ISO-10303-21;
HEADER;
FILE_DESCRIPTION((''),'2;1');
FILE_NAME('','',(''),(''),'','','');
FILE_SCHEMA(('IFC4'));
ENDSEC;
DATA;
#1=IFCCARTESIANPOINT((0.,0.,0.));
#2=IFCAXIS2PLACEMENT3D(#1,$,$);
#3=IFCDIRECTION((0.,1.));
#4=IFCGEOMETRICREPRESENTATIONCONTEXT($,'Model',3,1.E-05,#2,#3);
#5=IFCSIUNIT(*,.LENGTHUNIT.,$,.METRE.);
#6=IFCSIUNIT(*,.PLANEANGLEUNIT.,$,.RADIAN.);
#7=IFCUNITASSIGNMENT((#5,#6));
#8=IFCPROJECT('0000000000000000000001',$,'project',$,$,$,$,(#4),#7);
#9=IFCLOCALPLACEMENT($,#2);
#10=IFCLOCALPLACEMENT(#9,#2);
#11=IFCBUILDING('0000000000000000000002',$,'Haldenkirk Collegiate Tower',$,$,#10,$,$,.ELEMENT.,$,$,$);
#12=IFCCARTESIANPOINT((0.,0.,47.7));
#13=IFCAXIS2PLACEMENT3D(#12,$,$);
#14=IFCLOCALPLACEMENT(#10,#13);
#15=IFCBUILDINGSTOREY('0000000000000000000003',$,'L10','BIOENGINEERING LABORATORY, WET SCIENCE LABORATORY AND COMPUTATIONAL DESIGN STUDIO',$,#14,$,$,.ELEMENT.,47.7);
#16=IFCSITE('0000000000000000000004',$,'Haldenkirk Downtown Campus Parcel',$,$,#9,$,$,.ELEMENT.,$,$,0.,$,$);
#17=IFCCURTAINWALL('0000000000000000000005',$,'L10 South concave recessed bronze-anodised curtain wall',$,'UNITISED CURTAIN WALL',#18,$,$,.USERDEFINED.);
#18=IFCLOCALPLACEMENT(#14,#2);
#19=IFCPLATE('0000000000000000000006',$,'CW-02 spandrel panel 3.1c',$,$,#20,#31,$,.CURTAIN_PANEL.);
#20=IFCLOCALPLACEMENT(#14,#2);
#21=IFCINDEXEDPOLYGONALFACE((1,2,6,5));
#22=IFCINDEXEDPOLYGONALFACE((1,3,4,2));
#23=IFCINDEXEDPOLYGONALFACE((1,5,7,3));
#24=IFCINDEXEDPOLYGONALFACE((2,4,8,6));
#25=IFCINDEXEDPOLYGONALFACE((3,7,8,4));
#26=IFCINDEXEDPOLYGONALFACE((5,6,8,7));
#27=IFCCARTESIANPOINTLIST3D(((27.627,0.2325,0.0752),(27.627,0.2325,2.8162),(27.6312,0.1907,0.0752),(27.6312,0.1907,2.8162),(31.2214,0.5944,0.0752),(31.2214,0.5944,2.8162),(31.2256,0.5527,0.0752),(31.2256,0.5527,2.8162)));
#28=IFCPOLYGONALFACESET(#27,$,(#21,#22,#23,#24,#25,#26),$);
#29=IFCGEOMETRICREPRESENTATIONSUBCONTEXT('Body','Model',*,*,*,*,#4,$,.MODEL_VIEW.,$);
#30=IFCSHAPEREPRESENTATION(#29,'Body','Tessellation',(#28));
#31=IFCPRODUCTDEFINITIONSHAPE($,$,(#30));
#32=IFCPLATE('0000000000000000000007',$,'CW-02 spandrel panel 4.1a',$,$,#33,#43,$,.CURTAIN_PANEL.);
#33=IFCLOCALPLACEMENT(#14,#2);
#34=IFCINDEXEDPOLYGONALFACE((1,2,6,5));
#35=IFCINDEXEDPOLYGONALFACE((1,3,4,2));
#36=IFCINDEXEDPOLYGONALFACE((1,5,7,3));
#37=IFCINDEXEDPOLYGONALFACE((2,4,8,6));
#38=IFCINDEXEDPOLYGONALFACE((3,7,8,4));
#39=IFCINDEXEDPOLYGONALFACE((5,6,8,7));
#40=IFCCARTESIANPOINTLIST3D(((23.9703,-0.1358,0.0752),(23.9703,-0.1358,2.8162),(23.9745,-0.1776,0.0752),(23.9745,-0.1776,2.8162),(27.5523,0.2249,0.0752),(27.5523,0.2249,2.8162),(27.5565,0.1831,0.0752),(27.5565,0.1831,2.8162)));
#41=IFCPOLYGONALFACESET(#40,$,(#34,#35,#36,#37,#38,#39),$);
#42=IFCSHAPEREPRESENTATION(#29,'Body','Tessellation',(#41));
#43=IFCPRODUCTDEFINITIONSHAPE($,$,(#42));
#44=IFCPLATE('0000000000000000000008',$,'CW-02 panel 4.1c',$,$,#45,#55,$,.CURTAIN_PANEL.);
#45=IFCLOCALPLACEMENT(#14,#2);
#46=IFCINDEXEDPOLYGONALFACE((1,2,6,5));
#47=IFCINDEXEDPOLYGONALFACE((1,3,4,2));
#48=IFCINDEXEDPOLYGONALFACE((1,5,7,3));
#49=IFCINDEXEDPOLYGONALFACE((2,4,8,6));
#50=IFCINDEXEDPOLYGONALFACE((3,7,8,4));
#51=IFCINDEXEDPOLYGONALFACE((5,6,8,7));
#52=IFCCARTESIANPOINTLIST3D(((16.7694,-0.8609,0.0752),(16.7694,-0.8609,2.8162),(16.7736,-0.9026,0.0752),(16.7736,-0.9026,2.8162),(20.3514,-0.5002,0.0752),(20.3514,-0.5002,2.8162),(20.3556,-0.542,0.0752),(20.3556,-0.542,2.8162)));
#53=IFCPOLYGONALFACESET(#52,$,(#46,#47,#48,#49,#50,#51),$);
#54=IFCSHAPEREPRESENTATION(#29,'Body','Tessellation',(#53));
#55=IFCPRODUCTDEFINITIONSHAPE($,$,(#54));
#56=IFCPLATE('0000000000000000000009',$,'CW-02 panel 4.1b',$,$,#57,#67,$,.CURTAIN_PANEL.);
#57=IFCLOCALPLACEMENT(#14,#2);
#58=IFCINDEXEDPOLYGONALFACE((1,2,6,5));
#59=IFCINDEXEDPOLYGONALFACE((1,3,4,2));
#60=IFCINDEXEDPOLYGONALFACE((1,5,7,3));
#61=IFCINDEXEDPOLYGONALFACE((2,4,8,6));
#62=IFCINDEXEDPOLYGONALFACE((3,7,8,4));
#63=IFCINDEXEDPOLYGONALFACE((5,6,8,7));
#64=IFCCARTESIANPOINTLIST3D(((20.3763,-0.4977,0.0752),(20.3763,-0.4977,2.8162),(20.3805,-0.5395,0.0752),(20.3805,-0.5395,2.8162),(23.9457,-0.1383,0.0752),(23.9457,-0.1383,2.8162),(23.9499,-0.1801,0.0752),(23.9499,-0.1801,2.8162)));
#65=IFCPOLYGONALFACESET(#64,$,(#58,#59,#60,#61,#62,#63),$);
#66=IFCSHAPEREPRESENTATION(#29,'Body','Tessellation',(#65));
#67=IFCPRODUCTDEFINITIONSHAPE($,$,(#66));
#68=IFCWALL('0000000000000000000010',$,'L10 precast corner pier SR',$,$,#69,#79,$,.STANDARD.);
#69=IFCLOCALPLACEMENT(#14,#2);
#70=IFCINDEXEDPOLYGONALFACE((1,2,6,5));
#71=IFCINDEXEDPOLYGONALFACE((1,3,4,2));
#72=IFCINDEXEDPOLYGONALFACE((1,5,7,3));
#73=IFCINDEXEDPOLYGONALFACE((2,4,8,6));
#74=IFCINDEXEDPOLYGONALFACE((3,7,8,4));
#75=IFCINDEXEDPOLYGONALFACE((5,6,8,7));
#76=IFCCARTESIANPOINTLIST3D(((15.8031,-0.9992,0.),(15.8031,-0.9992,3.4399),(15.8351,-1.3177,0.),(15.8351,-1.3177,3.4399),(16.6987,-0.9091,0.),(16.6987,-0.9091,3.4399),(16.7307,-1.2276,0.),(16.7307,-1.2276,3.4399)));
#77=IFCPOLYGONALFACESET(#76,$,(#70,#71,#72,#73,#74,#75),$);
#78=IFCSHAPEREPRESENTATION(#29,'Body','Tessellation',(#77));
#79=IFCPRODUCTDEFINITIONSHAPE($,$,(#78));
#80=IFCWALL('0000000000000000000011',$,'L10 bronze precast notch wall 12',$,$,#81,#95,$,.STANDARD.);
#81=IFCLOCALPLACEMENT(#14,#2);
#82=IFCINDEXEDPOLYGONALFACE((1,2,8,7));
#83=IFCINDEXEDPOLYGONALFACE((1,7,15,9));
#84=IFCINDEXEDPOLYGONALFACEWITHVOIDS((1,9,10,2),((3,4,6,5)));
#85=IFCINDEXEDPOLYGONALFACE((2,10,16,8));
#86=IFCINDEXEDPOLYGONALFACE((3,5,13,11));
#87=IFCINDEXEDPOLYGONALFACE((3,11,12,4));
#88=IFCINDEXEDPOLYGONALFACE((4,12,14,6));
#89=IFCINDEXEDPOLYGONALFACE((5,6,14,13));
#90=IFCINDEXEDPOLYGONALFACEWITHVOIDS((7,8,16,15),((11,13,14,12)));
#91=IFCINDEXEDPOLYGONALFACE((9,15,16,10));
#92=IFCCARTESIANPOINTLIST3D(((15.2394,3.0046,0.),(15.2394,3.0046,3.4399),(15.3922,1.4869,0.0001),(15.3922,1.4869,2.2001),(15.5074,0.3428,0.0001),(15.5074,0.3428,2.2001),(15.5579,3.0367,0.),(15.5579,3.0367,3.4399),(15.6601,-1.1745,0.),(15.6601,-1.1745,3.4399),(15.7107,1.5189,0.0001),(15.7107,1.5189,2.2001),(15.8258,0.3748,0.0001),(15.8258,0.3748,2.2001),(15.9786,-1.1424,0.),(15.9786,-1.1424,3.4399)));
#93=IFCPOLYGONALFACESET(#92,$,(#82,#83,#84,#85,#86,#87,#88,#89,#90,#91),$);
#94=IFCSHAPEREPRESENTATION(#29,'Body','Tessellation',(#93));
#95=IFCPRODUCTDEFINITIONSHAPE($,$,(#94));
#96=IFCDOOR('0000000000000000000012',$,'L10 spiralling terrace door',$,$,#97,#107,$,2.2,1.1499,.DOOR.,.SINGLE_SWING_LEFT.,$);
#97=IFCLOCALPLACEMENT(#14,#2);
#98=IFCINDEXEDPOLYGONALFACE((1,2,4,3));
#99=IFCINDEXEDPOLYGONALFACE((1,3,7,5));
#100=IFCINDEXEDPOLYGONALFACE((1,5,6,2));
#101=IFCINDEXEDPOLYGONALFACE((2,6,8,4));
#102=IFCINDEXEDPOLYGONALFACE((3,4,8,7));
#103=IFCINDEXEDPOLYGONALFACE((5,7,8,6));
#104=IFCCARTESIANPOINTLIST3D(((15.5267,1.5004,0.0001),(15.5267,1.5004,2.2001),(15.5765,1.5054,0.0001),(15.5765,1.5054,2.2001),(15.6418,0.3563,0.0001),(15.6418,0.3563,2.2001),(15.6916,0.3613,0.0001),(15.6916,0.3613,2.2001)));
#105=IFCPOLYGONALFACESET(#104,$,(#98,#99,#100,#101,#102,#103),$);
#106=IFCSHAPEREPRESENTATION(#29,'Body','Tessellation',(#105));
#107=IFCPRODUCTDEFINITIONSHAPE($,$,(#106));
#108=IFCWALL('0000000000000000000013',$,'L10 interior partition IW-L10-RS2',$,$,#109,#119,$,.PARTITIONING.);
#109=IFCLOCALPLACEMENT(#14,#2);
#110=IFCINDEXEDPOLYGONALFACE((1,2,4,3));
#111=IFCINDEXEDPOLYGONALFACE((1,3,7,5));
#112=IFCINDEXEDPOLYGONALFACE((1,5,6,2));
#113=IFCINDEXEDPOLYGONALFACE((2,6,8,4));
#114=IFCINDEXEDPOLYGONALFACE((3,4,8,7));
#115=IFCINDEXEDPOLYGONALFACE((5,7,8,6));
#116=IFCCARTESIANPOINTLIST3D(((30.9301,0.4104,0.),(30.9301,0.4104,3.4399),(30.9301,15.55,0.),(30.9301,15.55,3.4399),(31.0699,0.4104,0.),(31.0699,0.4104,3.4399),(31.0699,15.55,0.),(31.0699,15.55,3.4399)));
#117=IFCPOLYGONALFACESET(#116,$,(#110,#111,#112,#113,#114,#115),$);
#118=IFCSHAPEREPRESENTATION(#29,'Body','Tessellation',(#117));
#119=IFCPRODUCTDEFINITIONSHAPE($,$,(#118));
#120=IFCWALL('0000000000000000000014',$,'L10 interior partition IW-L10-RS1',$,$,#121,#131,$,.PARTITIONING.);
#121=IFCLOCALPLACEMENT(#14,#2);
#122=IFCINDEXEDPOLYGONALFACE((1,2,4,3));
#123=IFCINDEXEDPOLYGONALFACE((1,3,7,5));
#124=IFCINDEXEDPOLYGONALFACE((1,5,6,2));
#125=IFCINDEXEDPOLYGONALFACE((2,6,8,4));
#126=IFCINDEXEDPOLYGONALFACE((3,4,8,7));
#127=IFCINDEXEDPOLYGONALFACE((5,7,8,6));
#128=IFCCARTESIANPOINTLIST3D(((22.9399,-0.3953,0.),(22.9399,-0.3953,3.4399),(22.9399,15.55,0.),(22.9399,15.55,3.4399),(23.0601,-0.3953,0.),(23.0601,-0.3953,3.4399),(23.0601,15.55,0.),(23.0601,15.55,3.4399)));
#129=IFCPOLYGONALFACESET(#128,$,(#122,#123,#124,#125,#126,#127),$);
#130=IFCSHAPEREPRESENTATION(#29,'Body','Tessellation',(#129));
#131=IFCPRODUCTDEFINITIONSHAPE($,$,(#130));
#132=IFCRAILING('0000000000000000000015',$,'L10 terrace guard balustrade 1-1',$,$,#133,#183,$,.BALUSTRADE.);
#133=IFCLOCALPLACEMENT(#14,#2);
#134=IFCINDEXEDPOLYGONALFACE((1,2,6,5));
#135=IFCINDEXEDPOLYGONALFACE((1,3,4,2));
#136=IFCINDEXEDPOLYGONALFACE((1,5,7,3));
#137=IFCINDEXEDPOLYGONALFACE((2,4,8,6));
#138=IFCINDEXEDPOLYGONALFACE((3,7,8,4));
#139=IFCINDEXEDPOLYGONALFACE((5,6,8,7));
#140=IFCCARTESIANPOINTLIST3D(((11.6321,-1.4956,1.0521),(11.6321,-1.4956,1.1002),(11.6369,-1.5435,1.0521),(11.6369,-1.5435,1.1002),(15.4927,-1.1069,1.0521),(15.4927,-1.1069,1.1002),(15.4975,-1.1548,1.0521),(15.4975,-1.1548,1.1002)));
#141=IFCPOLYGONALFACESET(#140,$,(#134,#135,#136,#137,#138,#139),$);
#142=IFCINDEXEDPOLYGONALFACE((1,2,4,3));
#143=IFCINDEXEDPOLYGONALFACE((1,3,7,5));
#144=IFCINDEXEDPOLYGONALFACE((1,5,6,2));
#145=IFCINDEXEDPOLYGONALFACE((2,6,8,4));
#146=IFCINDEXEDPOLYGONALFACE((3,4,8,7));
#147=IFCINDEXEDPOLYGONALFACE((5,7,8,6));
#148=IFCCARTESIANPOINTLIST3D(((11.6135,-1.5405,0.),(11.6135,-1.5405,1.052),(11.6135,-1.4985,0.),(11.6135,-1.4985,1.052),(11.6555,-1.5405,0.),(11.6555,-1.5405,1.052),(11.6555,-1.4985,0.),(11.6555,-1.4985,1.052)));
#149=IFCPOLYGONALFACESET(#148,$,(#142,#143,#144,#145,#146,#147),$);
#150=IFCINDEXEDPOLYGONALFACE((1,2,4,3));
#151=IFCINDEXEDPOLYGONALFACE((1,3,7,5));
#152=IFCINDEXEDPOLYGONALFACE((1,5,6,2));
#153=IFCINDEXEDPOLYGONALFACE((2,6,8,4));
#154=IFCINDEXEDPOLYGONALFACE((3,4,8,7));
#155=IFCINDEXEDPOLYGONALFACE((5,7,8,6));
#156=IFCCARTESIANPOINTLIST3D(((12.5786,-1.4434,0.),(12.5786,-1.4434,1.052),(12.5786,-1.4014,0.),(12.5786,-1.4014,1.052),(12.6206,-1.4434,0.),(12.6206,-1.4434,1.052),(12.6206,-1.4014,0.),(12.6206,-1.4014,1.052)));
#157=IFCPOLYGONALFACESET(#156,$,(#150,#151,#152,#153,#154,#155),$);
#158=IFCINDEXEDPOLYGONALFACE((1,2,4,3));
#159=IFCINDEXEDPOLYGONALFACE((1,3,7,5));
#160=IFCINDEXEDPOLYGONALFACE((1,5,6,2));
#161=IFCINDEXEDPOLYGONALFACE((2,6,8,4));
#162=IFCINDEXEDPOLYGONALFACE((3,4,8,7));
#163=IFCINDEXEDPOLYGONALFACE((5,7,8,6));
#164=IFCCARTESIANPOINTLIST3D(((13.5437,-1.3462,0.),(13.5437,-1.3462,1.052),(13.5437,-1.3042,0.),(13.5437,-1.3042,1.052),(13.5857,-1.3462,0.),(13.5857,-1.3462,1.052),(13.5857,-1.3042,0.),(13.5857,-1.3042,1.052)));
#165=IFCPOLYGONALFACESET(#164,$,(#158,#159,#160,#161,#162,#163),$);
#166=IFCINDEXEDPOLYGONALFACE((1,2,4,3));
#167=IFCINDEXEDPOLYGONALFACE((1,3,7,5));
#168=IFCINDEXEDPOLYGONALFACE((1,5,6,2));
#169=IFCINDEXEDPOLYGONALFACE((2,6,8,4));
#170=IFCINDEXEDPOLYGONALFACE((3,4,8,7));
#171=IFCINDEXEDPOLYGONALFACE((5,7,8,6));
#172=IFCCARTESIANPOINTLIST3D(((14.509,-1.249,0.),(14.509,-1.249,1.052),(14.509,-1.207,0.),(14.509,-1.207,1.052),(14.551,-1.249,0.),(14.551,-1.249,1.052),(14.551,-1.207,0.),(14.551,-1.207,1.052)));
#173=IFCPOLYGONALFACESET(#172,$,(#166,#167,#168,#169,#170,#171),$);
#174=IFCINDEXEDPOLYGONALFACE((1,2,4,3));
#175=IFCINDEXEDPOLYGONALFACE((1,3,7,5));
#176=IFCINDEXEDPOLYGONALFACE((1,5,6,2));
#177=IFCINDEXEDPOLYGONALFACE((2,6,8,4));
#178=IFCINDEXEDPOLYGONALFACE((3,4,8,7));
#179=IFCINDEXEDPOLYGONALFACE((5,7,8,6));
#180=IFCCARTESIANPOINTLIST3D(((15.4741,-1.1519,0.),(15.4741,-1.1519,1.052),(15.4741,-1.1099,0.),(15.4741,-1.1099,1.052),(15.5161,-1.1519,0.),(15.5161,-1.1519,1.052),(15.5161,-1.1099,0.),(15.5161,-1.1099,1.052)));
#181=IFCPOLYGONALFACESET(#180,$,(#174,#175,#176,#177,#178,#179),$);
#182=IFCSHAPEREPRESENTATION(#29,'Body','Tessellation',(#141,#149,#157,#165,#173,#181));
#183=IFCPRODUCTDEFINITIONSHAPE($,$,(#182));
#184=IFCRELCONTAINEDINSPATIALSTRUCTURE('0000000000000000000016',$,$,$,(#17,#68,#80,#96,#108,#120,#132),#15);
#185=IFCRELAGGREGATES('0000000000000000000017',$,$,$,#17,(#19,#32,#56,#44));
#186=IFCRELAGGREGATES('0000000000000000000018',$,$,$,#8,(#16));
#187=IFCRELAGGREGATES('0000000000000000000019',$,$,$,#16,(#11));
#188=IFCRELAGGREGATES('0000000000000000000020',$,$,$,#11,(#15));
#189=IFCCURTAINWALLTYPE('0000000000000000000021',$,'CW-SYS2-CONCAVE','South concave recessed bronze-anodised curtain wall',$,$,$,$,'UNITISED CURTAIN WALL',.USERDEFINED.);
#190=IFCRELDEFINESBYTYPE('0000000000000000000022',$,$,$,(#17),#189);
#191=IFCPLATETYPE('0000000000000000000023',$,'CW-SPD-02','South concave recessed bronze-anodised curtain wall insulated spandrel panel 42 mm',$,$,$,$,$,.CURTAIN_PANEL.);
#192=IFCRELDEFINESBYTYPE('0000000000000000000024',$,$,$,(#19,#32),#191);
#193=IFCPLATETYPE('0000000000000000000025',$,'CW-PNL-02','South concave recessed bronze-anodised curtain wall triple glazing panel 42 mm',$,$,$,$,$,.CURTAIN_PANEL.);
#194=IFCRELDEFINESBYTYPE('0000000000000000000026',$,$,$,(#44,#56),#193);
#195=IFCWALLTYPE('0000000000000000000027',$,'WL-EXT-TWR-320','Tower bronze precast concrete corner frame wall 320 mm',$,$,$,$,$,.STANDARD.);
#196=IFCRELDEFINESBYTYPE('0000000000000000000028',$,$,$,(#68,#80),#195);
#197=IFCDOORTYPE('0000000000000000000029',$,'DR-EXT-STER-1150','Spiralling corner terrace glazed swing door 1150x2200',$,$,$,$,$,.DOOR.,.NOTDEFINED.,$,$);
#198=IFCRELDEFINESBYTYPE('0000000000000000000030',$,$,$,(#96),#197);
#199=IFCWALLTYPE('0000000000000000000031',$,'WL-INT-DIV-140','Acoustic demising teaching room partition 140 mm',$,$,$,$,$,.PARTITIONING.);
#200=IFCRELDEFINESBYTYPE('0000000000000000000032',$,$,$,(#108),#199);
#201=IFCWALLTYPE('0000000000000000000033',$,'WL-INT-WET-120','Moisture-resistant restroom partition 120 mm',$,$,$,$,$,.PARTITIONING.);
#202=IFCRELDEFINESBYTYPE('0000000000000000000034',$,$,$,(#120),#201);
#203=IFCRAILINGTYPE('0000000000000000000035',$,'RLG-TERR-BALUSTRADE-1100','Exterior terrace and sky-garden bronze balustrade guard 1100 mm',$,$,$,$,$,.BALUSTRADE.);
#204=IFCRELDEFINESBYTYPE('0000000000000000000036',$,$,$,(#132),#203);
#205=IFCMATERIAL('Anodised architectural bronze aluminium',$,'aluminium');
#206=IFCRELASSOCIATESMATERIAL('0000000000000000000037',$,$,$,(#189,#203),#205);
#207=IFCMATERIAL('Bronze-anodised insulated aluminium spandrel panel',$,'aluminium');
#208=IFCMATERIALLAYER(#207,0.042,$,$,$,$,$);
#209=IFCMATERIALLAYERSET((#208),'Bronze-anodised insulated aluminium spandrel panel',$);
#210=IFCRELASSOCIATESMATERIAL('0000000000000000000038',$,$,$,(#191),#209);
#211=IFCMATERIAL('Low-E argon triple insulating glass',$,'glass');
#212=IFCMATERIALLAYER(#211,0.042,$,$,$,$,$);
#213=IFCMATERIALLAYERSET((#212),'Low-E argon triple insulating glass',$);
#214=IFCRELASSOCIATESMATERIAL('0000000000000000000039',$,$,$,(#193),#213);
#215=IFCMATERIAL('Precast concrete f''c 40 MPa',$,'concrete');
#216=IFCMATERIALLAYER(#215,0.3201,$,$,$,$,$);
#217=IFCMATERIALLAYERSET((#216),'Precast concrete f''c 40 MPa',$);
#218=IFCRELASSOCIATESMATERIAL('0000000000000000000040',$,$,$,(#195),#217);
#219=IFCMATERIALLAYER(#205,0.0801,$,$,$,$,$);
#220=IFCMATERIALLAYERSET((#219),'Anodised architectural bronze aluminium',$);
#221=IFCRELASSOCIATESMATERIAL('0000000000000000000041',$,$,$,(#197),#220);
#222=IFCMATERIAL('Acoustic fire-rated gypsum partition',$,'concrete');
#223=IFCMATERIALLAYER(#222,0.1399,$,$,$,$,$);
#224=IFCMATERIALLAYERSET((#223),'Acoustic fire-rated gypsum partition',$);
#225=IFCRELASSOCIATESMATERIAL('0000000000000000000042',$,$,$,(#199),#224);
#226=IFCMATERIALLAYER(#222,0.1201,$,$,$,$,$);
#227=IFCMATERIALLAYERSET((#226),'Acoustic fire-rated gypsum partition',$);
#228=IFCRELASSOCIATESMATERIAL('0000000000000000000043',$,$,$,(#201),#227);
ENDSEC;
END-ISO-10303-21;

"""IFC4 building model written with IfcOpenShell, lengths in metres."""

from ifc_helpers import new_model, si_unit, direction, frame, frame_2d, origin, origin_2d, place, context, subcontext, project, spatial, rectangle, extrude, source, transform, mapped, material, layer, layer_set, type_object, element, fill, aggregate, save


model = new_model("IFC4")

# Units and contexts
model_context = context("Model", 3, precision=1e-05, world=origin(), true_north=direction((0.0, 1.0)))
body_context = subcontext(model_context, "Body", "Model", "MODEL_VIEW")
ifc_project = project(units=[si_unit("LENGTHUNIT", "METRE"), si_unit("PLANEANGLEUNIT", "RADIAN")], contexts=[model_context])

# Site, building, storey
site_placement = place(None, origin())
site = spatial("IfcSite", under=ifc_project, at=site_placement, Name="Haldenkirk Downtown Campus Parcel", CompositionType="ELEMENT", RefElevation=0.0)
building_placement = place(site_placement, origin())
building = spatial("IfcBuilding", under=site, at=building_placement, Name="Haldenkirk Collegiate Tower", CompositionType="ELEMENT")
storey_placement = place(building_placement, frame((0.0, 0.0, 47.7)))
storey = spatial("IfcBuildingStorey", under=building, at=storey_placement, Name="L10", Description="BIOENGINEERING LABORATORY, WET SCIENCE LABORATORY AND COMPUTATIONAL DESIGN STUDIO", CompositionType="ELEMENT", Elevation=47.7)

# Curtain wall
ifc_material_1 = material(Name="Anodised architectural bronze aluminium", Category="aluminium")
curtain_wall_type = type_object("IfcCurtainWallType", Name="CW-SYS2-CONCAVE", Description="South concave recessed bronze-anodised curtain wall", ElementType="UNITISED CURTAIN WALL", PredefinedType="USERDEFINED", material=ifc_material_1)
curtain_wall_placement = place(storey_placement, origin())
curtain_wall = element("IfcCurtainWall", 1, at=curtain_wall_placement, inside=storey, type_object=curtain_wall_type, Name="L10 South concave recessed bronze-anodised curtain wall", ObjectType="UNITISED CURTAIN WALL", PredefinedType="USERDEFINED")

# Plates
ifc_material_2 = material(Name="Bronze-anodised insulated aluminium spandrel panel", Category="aluminium")
ifc_layer_1 = layer(ifc_material_2, 0.042)
ifc_layer_set_1 = layer_set([ifc_layer_1], Name="Bronze-anodised insulated aluminium spandrel panel")
plate_type_1 = type_object("IfcPlateType", Name="CW-SPD-02", Description="South concave recessed bronze-anodised curtain wall insulated spandrel panel 42 mm", PredefinedType="CURTAIN_PANEL", material=ifc_layer_set_1)
shared_shape_1 = source(origin(), body_context, "Body", "SweptSolid", [
    extrude(rectangle(XDim=3.6125, YDim=0.042, at=origin_2d()), origin(), (0.0, 0.0, 1.0), 2.741),
])
plate_1_placement = place(storey_placement, frame((29.4263, 0.3926, 0.0752), z_axis=(0.0, 0.0, 1.0), x_axis=(-0.994969, -0.100187, 0.0)))
plate_1 = element("IfcPlate", 2, at=plate_1_placement, type_object=plate_type_1, Name="CW-02 spandrel panel 3.1c", PredefinedType="CURTAIN_PANEL", context=body_context, shape_type="MappedRepresentation", body=[
    mapped(shared_shape_1, transform((0.0, 0.0, 0.0), x_axis=(1.0, 0.0, 0.0), y_axis=(0.0, 1.0, 0.0), z_axis=(0.0, 0.0, 1.0), scale=1.0)),
])
shared_shape_2 = source(origin(), body_context, "Body", "SweptSolid", [
    extrude(rectangle(XDim=3.6001, YDim=0.042, at=origin_2d()), origin(), (0.0, 0.0, 1.0), 2.741),
])
plate_2_placement = place(storey_placement, frame((25.7634, 0.0237, 0.0752), z_axis=(0.0, 0.0, 1.0), x_axis=(-0.994969, -0.100187, 0.0)))
plate_2 = element("IfcPlate", 3, at=plate_2_placement, type_object=plate_type_1, Name="CW-02 spandrel panel 4.1a", PredefinedType="CURTAIN_PANEL", context=body_context, shape_type="MappedRepresentation", body=[
    mapped(shared_shape_2, transform((0.0, 0.0, 0.0), x_axis=(1.0, 0.0, 0.0), y_axis=(0.0, 1.0, 0.0), z_axis=(0.0, 0.0, 1.0), scale=1.0)),
])
ifc_material_3 = material(Name="Low-E argon triple insulating glass", Category="glass")
ifc_layer_2 = layer(ifc_material_3, 0.042)
ifc_layer_set_2 = layer_set([ifc_layer_2], Name="Low-E argon triple insulating glass")
plate_type_2 = type_object("IfcPlateType", Name="CW-PNL-02", Description="South concave recessed bronze-anodised curtain wall triple glazing panel 42 mm", PredefinedType="CURTAIN_PANEL", material=ifc_layer_set_2)
plate_3_placement = place(storey_placement, frame((18.5625, -0.7014, 0.0752), z_axis=(0.0, 0.0, 1.0), x_axis=(-0.994969, -0.100187, 0.0)))
plate_3 = element("IfcPlate", 4, at=plate_3_placement, type_object=plate_type_2, Name="CW-02 panel 4.1c", PredefinedType="CURTAIN_PANEL", context=body_context, shape_type="MappedRepresentation", body=[
    mapped(shared_shape_2, transform((0.0, 0.0, 0.0), x_axis=(1.0, 0.0, 0.0), y_axis=(0.0, 1.0, 0.0), z_axis=(0.0, 0.0, 1.0), scale=1.0)),
])
shared_shape_3 = source(origin(), body_context, "Body", "SweptSolid", [
    extrude(rectangle(XDim=3.5874, YDim=0.042, at=origin_2d()), origin(), (0.0, 0.0, 1.0), 2.741),
])
plate_4_placement = place(storey_placement, frame((22.1631, -0.3389, 0.0752), z_axis=(0.0, 0.0, 1.0), x_axis=(-0.994969, -0.100187, 0.0)))
plate_4 = element("IfcPlate", 5, at=plate_4_placement, type_object=plate_type_2, Name="CW-02 panel 4.1b", PredefinedType="CURTAIN_PANEL", context=body_context, shape_type="MappedRepresentation", body=[
    mapped(shared_shape_3, transform((0.0, 0.0, 0.0), x_axis=(1.0, 0.0, 0.0), y_axis=(0.0, 1.0, 0.0), z_axis=(0.0, 0.0, 1.0), scale=1.0)),
])
aggregate(curtain_wall, [plate_1, plate_2, plate_4, plate_3])

# Wall
ifc_material_4 = material(Name="Precast concrete f'c 40 MPa", Category="concrete")
ifc_layer_3 = layer(ifc_material_4, 0.3201)
ifc_layer_set_3 = layer_set([ifc_layer_3], Name="Precast concrete f'c 40 MPa")
wall_type_1 = type_object("IfcWallType", Name="WL-EXT-TWR-320", Description="Tower bronze precast concrete corner frame wall 320 mm", PredefinedType="STANDARD", material=ifc_layer_set_3)
wall_1_placement = place(storey_placement, frame((16.7148, -1.0684, 0.0), z_axis=(0.0, 0.0, 1.0), x_axis=(-0.994978, -0.100095, 0.0)))
element("IfcWall", 6, at=wall_1_placement, inside=storey, type_object=wall_type_1, Name="L10 precast corner pier SR", PredefinedType="STANDARD", context=body_context, shape_type="SweptSolid", body=[
    extrude(rectangle(XDim=0.9001, YDim=0.3201, at=frame_2d((0.4502, 0.0))), origin(), (0.0, 0.0, 1.0), 3.4399),
])

# Wall, opening, door
wall_2_placement = place(storey_placement, frame((15.8193, -1.1584, 0.0), z_axis=(0.0, 0.0, 1.0), x_axis=(-0.100154, 0.994972, 0.0)))
wall_2 = element("IfcWall", 7, at=wall_2_placement, inside=storey, type_object=wall_type_1, Name="L10 bronze precast notch wall 12", PredefinedType="STANDARD", context=body_context, shape_type="SweptSolid", body=[
    extrude(rectangle(XDim=4.2002, YDim=0.3201, at=frame_2d((2.1001, 0.0))), origin(), (0.0, 0.0, 1.0), 3.4399),
])
opening_placement = place(wall_2_placement, frame((1.5249, 0.0, 0.0)))
opening = element("IfcOpeningElement", 8, at=opening_placement, cuts=wall_2, PredefinedType="OPENING", context=body_context, shape_type="SweptSolid", body=[
    extrude(rectangle(XDim=1.1499, YDim=2.2, at=frame_2d((0.575, 1.1001))), frame((0.0, 0.1699, 0.0), z_axis=(0.0, -1.0, 0.0), x_axis=(1.0, 0.0, 0.0)), (0.0, 0.0, 1.0), 0.3401),
])
ifc_layer_4 = layer(ifc_material_1, 0.0801)
ifc_layer_set_4 = layer_set([ifc_layer_4], Name="Anodised architectural bronze aluminium")
door_type = type_object("IfcDoorType", Name="DR-EXT-STER-1150", Description="Spiralling corner terrace glazed swing door 1150x2200", OperationType="NOTDEFINED", PredefinedType="DOOR", material=ifc_layer_set_4)
door_placement = place(opening_placement, origin())
door = element("IfcDoor", 9, at=door_placement, inside=storey, type_object=door_type, Name="L10 spiralling terrace door", OperationType="SINGLE_SWING_LEFT", OverallHeight=2.2, OverallWidth=1.1499, PredefinedType="DOOR", context=body_context, shape_type="SweptSolid", body=[
    extrude(rectangle(XDim=1.1499, YDim=2.2, at=frame_2d((0.575, 1.1001))), frame((0.0, 0.0249, 0.0), z_axis=(0.0, -1.0, 0.0), x_axis=(1.0, 0.0, 0.0)), (0.0, 0.0, 1.0), 0.05),
])
fill(opening, door)

# Walls
ifc_material_5 = material(Name="Acoustic fire-rated gypsum partition", Category="concrete")
ifc_layer_5 = layer(ifc_material_5, 0.1399)
ifc_layer_set_5 = layer_set([ifc_layer_5], Name="Acoustic fire-rated gypsum partition")
wall_type_2 = type_object("IfcWallType", Name="WL-INT-DIV-140", Description="Acoustic demising teaching room partition 140 mm", PredefinedType="PARTITIONING", material=ifc_layer_set_5)
wall_3_placement = place(storey_placement, frame((31.0, 0.4104, 0.0), z_axis=(0.0, 0.0, 1.0), x_axis=(0.0, 1.0, 0.0)))
element("IfcWall", 10, at=wall_3_placement, inside=storey, type_object=wall_type_2, Name="L10 interior partition IW-L10-RS2", PredefinedType="PARTITIONING", context=body_context, shape_type="SweptSolid", body=[
    extrude(rectangle(XDim=15.1396, YDim=0.1399, at=frame_2d((7.5698, 0.0))), origin(), (0.0, 0.0, 1.0), 3.4399),
])
ifc_layer_6 = layer(ifc_material_5, 0.1201)
ifc_layer_set_6 = layer_set([ifc_layer_6], Name="Acoustic fire-rated gypsum partition")
wall_type_3 = type_object("IfcWallType", Name="WL-INT-WET-120", Description="Moisture-resistant restroom partition 120 mm", PredefinedType="PARTITIONING", material=ifc_layer_set_6)
wall_4_placement = place(storey_placement, frame((23.0, -0.3953, 0.0), z_axis=(0.0, 0.0, 1.0), x_axis=(0.0, 1.0, 0.0)))
element("IfcWall", 11, at=wall_4_placement, inside=storey, type_object=wall_type_3, Name="L10 interior partition IW-L10-RS1", PredefinedType="PARTITIONING", context=body_context, shape_type="SweptSolid", body=[
    extrude(rectangle(XDim=15.9453, YDim=0.1201, at=frame_2d((7.9727, 0.0))), origin(), (0.0, 0.0, 1.0), 3.4399),
])

# Railing
railing_type = type_object("IfcRailingType", Name="RLG-TERR-BALUSTRADE-1100", Description="Exterior terrace and sky-garden bronze balustrade guard 1100 mm", PredefinedType="BALUSTRADE", material=ifc_material_1)
railing_placement = place(storey_placement, frame((11.6345, -1.5195, 0.0)))
element("IfcRailing", 12, at=railing_placement, inside=storey, type_object=railing_type, Name="L10 terrace guard balustrade 1-1", PredefinedType="BALUSTRADE", context=body_context, shape_type="SweptSolid", body=[
    extrude(rectangle(XDim=0.0481, YDim=0.0481, at=origin_2d()), frame((0.0, 0.0, 1.0762), z_axis=(0.99497, 0.10017, 0.0), x_axis=(-0.10017, 0.99497, 0.0)), (0.0, 0.0, 1.0), 3.8801),
    extrude(rectangle(XDim=0.042, YDim=0.042, at=origin_2d()), origin(), (0.0, 0.0, 1.0), 1.052),
    extrude(rectangle(XDim=0.042, YDim=0.042, at=origin_2d()), frame((0.9651, 0.0972, 0.0)), (0.0, 0.0, 1.0), 1.052),
    extrude(rectangle(XDim=0.042, YDim=0.042, at=origin_2d()), frame((1.9302, 0.1943, 0.0)), (0.0, 0.0, 1.0), 1.052),
    extrude(rectangle(XDim=0.042, YDim=0.042, at=origin_2d()), frame((2.8955, 0.2915, 0.0)), (0.0, 0.0, 1.0), 1.052),
    extrude(rectangle(XDim=0.042, YDim=0.042, at=origin_2d()), frame((3.8606, 0.3887, 0.0)), (0.0, 0.0, 1.0), 1.052),
])

save(model, "model.ifc")
